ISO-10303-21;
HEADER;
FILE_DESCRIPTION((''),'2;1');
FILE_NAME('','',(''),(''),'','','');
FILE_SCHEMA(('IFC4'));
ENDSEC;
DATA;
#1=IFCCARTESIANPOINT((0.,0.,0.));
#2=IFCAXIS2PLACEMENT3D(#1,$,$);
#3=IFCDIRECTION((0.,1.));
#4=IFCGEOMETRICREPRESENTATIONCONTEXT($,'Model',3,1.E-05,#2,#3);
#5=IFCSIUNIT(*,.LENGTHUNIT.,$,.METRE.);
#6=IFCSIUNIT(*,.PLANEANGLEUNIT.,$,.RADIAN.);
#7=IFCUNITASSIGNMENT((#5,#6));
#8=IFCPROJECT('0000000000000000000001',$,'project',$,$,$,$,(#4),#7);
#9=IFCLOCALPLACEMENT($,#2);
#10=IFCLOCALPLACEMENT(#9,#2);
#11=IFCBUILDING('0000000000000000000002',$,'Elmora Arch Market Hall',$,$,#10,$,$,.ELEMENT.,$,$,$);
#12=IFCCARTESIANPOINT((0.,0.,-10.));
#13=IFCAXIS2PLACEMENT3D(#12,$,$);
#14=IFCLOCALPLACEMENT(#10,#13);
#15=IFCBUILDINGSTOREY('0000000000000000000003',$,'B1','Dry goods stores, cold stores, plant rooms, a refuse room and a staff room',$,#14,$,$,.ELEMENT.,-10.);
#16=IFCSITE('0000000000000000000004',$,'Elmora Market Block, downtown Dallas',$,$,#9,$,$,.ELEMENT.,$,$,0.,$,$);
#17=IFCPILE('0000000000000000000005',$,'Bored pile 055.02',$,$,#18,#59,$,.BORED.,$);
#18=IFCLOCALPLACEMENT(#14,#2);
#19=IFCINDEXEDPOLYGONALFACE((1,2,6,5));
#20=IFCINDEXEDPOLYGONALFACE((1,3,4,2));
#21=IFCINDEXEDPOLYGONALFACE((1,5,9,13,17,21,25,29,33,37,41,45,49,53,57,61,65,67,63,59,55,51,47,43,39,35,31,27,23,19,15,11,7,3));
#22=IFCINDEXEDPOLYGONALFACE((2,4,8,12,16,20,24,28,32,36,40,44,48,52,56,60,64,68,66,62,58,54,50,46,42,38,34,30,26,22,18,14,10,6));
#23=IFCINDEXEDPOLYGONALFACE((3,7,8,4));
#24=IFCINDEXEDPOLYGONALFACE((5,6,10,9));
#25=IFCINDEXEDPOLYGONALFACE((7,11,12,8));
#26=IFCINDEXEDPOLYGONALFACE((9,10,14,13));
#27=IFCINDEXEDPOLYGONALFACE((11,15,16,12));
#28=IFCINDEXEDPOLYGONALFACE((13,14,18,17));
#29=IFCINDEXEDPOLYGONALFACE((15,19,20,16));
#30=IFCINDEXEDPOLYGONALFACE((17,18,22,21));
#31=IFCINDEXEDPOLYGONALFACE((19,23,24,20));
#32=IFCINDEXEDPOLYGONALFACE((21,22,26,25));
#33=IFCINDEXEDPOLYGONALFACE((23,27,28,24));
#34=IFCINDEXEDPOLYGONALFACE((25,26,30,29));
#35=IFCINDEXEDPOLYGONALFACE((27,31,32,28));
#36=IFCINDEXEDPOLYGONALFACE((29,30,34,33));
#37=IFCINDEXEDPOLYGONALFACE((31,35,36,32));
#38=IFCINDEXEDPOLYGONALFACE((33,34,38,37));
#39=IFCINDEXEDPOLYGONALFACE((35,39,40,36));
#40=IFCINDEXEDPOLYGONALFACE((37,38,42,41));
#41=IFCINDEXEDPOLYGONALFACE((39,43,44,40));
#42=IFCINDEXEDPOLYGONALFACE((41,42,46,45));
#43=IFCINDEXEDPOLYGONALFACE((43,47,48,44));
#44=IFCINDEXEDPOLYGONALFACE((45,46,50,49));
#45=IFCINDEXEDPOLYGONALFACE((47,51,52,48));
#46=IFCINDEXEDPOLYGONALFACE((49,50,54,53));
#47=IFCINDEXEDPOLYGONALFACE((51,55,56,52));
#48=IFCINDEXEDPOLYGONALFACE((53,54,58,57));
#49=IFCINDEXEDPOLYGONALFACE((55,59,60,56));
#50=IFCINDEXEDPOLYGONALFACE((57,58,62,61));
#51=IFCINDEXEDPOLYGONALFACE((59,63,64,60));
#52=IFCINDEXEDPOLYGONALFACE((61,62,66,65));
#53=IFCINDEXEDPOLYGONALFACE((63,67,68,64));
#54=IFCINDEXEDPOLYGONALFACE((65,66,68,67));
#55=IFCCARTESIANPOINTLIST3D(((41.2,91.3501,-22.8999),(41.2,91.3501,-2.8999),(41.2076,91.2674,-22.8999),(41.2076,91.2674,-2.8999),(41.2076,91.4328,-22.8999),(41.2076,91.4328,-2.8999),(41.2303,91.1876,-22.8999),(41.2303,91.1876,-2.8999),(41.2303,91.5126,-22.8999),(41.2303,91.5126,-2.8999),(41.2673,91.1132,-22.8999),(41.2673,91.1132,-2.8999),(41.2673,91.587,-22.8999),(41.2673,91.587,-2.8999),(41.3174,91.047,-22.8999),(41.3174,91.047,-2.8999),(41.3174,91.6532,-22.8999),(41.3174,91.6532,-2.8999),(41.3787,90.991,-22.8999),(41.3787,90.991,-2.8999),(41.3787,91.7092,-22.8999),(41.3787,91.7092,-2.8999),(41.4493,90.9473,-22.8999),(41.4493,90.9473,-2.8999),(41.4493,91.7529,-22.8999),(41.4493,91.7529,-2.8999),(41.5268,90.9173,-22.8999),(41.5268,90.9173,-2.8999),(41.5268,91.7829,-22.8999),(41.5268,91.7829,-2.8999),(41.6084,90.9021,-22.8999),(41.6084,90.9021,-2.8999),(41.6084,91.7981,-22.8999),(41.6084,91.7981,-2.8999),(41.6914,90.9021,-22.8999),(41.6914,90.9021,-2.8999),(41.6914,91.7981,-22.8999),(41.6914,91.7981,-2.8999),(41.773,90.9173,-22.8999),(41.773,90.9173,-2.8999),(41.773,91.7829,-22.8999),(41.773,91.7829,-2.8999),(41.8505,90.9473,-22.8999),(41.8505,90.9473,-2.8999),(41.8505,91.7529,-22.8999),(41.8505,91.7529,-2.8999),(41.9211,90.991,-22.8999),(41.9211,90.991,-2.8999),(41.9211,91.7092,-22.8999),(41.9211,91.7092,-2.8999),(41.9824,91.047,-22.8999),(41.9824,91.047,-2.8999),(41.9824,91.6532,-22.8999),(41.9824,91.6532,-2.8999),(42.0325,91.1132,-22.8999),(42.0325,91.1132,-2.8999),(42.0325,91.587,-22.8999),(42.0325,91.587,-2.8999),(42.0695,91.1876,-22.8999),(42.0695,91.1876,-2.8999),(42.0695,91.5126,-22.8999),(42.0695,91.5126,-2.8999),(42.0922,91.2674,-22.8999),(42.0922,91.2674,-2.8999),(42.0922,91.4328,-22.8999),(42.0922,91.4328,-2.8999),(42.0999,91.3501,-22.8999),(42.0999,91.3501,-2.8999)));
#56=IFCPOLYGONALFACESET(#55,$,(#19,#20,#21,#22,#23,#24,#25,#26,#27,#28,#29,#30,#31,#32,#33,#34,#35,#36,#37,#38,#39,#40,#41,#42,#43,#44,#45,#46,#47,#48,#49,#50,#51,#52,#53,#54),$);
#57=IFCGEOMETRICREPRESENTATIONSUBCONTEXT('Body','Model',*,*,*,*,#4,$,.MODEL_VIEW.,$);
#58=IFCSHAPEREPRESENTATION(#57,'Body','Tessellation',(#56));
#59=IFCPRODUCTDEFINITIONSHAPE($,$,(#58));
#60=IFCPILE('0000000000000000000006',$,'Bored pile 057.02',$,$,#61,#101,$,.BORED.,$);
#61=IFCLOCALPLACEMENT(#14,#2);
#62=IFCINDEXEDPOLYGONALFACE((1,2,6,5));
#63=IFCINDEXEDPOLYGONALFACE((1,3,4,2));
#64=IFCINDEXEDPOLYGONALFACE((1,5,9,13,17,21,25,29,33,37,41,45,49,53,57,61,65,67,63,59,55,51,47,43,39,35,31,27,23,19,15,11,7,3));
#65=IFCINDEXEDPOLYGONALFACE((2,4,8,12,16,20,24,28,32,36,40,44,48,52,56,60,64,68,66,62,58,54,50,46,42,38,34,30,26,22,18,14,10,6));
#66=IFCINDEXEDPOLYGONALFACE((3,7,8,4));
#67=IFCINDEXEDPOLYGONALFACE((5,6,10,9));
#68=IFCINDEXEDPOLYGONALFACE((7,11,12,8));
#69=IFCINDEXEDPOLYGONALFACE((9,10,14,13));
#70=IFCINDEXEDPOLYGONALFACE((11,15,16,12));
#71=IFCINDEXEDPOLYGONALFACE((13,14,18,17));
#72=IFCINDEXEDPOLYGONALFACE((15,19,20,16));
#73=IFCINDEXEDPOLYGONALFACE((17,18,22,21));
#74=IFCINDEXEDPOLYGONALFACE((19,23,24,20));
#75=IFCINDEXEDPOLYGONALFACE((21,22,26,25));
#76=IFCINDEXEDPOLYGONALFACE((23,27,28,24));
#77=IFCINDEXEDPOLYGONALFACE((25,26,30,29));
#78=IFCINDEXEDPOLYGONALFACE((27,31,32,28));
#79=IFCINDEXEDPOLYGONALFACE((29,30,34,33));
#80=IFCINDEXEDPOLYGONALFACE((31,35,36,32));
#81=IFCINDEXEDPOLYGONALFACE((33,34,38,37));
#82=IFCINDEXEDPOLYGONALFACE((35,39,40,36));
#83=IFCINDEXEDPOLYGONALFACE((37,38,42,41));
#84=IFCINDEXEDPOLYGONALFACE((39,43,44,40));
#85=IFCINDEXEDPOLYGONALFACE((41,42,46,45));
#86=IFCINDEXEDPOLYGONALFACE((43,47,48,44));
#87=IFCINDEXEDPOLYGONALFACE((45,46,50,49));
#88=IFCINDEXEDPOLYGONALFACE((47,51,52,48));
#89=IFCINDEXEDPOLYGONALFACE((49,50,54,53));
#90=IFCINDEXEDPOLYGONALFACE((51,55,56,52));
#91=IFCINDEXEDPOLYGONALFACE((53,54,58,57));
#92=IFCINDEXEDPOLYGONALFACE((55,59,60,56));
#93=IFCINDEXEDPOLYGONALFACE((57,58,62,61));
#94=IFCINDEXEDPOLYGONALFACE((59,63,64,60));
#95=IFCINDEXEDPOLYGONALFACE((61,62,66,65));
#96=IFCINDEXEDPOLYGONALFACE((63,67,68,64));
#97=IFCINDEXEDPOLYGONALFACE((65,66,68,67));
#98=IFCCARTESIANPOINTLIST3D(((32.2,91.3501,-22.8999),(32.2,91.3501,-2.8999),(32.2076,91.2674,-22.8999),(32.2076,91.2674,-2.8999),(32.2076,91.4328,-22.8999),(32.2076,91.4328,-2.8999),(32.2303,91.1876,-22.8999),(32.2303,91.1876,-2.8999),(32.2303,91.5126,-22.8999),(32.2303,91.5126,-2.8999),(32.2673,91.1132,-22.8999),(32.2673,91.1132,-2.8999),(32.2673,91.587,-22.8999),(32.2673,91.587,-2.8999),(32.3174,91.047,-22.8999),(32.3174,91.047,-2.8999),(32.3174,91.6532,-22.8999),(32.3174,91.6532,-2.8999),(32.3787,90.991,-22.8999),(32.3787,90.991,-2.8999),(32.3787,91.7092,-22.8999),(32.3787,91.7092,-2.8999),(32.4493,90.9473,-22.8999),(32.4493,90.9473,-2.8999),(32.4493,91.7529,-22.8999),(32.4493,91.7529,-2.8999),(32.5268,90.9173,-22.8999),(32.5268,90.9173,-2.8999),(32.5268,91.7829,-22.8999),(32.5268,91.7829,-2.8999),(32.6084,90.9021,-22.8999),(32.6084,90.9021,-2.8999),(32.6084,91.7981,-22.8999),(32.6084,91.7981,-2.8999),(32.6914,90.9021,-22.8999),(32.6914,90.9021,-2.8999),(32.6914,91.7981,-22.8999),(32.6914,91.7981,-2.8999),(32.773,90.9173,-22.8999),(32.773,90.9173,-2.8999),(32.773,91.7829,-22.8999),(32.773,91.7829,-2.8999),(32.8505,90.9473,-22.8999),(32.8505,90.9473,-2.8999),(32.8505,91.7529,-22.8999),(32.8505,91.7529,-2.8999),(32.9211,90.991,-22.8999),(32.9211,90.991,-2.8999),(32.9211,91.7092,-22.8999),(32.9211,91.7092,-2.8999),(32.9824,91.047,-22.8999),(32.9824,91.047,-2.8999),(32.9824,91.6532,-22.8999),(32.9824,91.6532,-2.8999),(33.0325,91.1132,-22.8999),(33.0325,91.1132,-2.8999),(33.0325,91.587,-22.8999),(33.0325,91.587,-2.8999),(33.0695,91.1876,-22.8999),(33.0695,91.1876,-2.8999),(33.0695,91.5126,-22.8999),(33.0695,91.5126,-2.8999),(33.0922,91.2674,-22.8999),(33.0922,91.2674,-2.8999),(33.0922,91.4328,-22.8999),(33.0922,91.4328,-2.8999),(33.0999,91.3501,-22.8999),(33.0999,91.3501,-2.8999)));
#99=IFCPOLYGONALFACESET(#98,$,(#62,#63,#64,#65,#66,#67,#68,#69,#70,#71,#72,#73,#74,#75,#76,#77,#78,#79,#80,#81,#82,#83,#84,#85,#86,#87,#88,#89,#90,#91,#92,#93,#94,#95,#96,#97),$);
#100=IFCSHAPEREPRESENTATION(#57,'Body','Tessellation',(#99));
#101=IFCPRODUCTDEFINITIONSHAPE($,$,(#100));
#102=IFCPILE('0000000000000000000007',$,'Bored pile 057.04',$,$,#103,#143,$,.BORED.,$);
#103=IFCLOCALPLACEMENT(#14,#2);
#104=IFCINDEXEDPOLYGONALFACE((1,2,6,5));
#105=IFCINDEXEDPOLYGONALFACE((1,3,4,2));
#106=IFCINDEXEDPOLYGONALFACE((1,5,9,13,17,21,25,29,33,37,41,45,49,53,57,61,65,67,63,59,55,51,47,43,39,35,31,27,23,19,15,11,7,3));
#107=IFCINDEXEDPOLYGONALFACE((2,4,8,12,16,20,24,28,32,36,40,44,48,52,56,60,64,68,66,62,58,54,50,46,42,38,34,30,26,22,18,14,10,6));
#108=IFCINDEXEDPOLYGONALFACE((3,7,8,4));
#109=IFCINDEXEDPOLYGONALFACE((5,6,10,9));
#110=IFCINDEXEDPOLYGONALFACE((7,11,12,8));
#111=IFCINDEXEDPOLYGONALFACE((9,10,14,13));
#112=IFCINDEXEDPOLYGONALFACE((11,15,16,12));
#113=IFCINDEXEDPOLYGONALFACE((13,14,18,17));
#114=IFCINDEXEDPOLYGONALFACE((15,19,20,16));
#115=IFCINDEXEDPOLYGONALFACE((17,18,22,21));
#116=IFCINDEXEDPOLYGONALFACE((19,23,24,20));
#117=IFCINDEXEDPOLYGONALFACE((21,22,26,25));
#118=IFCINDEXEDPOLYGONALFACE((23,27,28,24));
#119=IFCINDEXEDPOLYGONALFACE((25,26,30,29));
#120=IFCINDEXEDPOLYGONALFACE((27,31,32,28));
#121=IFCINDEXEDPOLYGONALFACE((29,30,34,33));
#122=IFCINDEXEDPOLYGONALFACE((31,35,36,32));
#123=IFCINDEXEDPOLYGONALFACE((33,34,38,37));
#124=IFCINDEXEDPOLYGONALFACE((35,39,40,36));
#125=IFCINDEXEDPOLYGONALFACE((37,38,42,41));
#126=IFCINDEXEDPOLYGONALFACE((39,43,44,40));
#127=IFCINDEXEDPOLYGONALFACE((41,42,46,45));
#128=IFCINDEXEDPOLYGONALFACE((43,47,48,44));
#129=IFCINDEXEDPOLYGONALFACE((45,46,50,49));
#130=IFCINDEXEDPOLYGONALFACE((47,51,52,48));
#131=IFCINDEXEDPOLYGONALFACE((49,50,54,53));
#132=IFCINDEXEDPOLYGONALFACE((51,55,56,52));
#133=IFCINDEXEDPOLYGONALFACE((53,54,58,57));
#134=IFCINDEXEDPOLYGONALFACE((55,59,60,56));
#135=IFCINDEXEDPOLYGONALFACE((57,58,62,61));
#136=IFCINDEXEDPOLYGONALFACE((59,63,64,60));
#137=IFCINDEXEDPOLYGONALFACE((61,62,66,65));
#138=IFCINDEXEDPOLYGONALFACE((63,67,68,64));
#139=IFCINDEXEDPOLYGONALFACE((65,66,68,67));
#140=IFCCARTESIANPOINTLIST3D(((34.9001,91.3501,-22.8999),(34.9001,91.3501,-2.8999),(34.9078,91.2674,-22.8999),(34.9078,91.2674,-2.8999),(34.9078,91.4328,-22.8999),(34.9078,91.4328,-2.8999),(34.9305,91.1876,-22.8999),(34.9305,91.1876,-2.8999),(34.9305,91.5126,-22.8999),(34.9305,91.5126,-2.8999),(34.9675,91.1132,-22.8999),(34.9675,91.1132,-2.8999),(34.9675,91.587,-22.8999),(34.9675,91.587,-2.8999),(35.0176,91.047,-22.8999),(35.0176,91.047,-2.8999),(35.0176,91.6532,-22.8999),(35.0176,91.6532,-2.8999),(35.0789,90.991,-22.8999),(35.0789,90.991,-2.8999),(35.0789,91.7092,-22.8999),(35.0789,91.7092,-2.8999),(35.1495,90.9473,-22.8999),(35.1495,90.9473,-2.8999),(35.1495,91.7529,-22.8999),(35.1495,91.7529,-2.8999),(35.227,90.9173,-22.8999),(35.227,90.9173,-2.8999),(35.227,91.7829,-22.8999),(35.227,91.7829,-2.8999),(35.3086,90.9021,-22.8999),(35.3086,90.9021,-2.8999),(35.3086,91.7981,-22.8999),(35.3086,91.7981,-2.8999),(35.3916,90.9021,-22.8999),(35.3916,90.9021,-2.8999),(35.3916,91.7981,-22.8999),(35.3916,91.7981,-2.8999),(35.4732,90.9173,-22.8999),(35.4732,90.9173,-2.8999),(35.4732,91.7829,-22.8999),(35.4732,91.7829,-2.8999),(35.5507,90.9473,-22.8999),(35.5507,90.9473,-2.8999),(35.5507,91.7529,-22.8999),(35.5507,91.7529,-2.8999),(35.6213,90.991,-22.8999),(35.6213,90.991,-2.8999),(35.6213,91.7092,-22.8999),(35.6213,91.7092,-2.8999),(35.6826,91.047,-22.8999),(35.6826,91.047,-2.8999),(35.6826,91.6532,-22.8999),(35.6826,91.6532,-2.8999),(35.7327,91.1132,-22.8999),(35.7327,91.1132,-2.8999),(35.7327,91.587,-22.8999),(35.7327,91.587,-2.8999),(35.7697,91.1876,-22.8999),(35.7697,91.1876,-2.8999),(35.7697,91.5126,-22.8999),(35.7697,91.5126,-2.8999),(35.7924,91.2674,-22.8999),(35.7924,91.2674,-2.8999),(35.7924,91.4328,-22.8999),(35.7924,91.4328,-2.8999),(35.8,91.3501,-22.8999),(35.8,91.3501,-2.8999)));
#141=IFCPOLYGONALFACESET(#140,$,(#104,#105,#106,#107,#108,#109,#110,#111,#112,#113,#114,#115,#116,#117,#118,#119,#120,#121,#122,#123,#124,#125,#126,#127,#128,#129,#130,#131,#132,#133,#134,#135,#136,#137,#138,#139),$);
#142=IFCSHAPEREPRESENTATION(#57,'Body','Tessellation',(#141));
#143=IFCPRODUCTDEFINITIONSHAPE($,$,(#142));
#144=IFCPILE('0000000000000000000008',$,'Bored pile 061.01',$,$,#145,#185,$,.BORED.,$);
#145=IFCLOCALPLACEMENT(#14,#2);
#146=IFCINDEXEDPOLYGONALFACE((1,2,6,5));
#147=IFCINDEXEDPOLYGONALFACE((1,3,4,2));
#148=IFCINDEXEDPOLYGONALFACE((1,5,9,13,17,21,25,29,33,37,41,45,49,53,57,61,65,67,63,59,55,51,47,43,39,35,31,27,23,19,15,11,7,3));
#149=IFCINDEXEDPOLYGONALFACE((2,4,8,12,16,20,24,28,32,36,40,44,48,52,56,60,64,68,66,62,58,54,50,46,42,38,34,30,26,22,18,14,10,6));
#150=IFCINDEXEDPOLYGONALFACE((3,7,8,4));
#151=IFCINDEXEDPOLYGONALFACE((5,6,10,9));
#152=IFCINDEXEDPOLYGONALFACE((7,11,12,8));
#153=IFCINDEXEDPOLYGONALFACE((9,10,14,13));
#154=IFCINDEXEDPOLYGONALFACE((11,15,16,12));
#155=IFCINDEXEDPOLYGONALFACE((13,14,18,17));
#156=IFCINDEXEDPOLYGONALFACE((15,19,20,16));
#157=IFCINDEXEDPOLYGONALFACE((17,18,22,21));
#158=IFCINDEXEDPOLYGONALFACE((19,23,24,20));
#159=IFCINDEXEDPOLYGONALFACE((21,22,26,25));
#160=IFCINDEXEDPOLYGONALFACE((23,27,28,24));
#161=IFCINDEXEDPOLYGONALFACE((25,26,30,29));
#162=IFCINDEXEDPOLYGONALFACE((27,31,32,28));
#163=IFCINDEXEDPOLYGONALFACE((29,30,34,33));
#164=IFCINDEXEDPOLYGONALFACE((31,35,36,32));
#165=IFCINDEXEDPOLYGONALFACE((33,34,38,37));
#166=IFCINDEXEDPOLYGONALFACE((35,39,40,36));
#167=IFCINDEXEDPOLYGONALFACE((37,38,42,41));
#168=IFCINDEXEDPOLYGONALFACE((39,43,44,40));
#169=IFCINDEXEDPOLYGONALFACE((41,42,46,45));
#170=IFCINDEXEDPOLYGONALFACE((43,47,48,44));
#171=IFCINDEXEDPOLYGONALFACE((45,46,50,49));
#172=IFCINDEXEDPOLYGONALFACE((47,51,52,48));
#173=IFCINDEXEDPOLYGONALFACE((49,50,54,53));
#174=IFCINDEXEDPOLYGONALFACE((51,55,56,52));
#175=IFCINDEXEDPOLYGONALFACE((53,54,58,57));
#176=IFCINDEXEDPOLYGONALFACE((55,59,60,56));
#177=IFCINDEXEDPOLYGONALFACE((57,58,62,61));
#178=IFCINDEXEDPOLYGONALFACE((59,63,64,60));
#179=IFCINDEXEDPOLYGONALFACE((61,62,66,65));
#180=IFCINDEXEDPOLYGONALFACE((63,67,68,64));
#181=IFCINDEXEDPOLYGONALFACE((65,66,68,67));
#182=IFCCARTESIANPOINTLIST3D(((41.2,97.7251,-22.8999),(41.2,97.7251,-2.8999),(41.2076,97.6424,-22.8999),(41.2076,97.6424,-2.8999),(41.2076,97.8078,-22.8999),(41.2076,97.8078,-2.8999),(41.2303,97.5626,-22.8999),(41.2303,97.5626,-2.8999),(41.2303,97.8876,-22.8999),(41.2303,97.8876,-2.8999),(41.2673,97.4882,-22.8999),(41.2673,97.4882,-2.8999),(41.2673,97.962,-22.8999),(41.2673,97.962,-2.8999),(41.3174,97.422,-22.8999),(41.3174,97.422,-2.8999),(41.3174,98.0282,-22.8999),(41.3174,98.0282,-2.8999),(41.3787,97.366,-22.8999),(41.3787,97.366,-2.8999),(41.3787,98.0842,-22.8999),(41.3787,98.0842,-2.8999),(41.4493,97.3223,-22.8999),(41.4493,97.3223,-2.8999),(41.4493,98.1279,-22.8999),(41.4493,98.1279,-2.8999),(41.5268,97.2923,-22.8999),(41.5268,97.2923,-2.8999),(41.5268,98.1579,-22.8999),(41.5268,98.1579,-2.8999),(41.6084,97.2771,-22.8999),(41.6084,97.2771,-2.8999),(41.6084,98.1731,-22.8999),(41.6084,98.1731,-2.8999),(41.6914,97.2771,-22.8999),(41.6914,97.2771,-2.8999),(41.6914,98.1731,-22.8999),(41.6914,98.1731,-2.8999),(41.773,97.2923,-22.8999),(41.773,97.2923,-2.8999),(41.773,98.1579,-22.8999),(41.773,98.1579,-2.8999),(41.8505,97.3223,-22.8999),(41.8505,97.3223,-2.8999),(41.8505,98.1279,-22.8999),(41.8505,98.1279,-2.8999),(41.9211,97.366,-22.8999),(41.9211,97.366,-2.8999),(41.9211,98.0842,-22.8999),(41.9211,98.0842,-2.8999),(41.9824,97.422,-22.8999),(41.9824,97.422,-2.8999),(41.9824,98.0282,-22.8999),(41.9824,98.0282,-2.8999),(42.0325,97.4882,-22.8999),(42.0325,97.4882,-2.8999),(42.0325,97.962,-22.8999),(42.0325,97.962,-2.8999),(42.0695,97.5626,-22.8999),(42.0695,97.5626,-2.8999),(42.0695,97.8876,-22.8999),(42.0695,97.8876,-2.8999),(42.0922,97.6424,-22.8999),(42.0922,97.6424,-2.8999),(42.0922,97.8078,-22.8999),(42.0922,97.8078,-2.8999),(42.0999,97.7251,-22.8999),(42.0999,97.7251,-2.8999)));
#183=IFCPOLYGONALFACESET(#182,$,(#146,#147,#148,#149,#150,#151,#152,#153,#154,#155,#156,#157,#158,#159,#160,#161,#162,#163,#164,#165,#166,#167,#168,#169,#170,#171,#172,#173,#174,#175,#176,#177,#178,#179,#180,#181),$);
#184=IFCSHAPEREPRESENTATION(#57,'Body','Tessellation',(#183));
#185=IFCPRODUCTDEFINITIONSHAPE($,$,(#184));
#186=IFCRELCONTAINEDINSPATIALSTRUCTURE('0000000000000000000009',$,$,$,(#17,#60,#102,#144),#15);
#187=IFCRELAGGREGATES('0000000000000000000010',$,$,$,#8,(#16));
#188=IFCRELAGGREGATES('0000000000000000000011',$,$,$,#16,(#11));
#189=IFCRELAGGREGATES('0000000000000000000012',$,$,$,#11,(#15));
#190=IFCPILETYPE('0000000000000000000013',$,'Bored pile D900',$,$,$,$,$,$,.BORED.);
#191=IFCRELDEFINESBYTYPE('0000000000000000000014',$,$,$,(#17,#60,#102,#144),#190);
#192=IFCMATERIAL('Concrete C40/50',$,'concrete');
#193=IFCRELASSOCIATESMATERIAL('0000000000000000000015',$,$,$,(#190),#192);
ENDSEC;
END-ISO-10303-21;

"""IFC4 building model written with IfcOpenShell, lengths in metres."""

from ifc_helpers import new_model, si_unit, direction, frame, origin, origin_2d, place, context, subcontext, project, spatial, circle, extrude, material, material_profile, profile_set, type_object, element, save


model = new_model("IFC4")

# Units and contexts
model_context = context("Model", 3, precision=1e-05, world=origin(), true_north=direction((0.0, 1.0)))
body_context = subcontext(model_context, "Body", "Model", "MODEL_VIEW")
ifc_project = project(units=[si_unit("LENGTHUNIT", "METRE"), si_unit("PLANEANGLEUNIT", "RADIAN")], contexts=[model_context])

# Site, building, storey
site_placement = place(None, origin())
site = spatial("IfcSite", under=ifc_project, at=site_placement, Name="Elmora Market Block, downtown Dallas", CompositionType="ELEMENT", RefElevation=0.0)
building_placement = place(site_placement, origin())
building = spatial("IfcBuilding", under=site, at=building_placement, Name="Elmora Arch Market Hall", CompositionType="ELEMENT")
storey_placement = place(building_placement, frame((0.0, 0.0, -10.0)))
storey = spatial("IfcBuildingStorey", under=building, at=storey_placement, Name="B1", Description="Dry goods stores, cold stores, plant rooms, a refuse room and a staff room", CompositionType="ELEMENT", Elevation=-10.0)

# Piles
ifc_material_1 = material(Name="Concrete C40/50", Category="concrete")
ifc_material_profile_1 = material_profile(ifc_material_1, circle(Radius=0.45, at=origin_2d()), Name="Bored pile D900")
ifc_profile_set_1 = profile_set([ifc_material_profile_1], Name="Concrete C40/50")
pile_type = type_object("IfcPileType", Name="Bored pile D900", PredefinedType="BORED", material=ifc_profile_set_1)
for number, where, z_axis, x_axis, name in (
    (1, (41.6499, 91.3501, -2.8999), (0.0, 0.0, -1.0), (1.0, 0.0, 0.0), "Bored pile 055.02"),
    (2, (32.6499, 91.3501, -2.8999), (0.0, 0.0, -1.0), (1.0, 0.0, 0.0), "Bored pile 057.02"),
    (3, (35.3501, 91.3501, -2.8999), (0.0, 0.0, -1.0), (1.0, 0.0, 0.0), "Bored pile 057.04"),
    (4, (41.6499, 97.7251, -2.8999), (0.0, 0.0, -1.0), (1.0, 0.0, 0.0), "Bored pile 061.01"),
):
    element("IfcPile", number, at=place(storey_placement, frame(where, z_axis=z_axis, x_axis=x_axis)), inside=storey, type_object=pile_type, Name=name, PredefinedType="BORED", context=body_context, shape_type="SweptSolid", body=[
        extrude(circle(Radius=0.45, at=origin_2d()), origin(), (0.0, 0.0, 1.0), 20.0),
    ])

save(model, "model.ifc")
